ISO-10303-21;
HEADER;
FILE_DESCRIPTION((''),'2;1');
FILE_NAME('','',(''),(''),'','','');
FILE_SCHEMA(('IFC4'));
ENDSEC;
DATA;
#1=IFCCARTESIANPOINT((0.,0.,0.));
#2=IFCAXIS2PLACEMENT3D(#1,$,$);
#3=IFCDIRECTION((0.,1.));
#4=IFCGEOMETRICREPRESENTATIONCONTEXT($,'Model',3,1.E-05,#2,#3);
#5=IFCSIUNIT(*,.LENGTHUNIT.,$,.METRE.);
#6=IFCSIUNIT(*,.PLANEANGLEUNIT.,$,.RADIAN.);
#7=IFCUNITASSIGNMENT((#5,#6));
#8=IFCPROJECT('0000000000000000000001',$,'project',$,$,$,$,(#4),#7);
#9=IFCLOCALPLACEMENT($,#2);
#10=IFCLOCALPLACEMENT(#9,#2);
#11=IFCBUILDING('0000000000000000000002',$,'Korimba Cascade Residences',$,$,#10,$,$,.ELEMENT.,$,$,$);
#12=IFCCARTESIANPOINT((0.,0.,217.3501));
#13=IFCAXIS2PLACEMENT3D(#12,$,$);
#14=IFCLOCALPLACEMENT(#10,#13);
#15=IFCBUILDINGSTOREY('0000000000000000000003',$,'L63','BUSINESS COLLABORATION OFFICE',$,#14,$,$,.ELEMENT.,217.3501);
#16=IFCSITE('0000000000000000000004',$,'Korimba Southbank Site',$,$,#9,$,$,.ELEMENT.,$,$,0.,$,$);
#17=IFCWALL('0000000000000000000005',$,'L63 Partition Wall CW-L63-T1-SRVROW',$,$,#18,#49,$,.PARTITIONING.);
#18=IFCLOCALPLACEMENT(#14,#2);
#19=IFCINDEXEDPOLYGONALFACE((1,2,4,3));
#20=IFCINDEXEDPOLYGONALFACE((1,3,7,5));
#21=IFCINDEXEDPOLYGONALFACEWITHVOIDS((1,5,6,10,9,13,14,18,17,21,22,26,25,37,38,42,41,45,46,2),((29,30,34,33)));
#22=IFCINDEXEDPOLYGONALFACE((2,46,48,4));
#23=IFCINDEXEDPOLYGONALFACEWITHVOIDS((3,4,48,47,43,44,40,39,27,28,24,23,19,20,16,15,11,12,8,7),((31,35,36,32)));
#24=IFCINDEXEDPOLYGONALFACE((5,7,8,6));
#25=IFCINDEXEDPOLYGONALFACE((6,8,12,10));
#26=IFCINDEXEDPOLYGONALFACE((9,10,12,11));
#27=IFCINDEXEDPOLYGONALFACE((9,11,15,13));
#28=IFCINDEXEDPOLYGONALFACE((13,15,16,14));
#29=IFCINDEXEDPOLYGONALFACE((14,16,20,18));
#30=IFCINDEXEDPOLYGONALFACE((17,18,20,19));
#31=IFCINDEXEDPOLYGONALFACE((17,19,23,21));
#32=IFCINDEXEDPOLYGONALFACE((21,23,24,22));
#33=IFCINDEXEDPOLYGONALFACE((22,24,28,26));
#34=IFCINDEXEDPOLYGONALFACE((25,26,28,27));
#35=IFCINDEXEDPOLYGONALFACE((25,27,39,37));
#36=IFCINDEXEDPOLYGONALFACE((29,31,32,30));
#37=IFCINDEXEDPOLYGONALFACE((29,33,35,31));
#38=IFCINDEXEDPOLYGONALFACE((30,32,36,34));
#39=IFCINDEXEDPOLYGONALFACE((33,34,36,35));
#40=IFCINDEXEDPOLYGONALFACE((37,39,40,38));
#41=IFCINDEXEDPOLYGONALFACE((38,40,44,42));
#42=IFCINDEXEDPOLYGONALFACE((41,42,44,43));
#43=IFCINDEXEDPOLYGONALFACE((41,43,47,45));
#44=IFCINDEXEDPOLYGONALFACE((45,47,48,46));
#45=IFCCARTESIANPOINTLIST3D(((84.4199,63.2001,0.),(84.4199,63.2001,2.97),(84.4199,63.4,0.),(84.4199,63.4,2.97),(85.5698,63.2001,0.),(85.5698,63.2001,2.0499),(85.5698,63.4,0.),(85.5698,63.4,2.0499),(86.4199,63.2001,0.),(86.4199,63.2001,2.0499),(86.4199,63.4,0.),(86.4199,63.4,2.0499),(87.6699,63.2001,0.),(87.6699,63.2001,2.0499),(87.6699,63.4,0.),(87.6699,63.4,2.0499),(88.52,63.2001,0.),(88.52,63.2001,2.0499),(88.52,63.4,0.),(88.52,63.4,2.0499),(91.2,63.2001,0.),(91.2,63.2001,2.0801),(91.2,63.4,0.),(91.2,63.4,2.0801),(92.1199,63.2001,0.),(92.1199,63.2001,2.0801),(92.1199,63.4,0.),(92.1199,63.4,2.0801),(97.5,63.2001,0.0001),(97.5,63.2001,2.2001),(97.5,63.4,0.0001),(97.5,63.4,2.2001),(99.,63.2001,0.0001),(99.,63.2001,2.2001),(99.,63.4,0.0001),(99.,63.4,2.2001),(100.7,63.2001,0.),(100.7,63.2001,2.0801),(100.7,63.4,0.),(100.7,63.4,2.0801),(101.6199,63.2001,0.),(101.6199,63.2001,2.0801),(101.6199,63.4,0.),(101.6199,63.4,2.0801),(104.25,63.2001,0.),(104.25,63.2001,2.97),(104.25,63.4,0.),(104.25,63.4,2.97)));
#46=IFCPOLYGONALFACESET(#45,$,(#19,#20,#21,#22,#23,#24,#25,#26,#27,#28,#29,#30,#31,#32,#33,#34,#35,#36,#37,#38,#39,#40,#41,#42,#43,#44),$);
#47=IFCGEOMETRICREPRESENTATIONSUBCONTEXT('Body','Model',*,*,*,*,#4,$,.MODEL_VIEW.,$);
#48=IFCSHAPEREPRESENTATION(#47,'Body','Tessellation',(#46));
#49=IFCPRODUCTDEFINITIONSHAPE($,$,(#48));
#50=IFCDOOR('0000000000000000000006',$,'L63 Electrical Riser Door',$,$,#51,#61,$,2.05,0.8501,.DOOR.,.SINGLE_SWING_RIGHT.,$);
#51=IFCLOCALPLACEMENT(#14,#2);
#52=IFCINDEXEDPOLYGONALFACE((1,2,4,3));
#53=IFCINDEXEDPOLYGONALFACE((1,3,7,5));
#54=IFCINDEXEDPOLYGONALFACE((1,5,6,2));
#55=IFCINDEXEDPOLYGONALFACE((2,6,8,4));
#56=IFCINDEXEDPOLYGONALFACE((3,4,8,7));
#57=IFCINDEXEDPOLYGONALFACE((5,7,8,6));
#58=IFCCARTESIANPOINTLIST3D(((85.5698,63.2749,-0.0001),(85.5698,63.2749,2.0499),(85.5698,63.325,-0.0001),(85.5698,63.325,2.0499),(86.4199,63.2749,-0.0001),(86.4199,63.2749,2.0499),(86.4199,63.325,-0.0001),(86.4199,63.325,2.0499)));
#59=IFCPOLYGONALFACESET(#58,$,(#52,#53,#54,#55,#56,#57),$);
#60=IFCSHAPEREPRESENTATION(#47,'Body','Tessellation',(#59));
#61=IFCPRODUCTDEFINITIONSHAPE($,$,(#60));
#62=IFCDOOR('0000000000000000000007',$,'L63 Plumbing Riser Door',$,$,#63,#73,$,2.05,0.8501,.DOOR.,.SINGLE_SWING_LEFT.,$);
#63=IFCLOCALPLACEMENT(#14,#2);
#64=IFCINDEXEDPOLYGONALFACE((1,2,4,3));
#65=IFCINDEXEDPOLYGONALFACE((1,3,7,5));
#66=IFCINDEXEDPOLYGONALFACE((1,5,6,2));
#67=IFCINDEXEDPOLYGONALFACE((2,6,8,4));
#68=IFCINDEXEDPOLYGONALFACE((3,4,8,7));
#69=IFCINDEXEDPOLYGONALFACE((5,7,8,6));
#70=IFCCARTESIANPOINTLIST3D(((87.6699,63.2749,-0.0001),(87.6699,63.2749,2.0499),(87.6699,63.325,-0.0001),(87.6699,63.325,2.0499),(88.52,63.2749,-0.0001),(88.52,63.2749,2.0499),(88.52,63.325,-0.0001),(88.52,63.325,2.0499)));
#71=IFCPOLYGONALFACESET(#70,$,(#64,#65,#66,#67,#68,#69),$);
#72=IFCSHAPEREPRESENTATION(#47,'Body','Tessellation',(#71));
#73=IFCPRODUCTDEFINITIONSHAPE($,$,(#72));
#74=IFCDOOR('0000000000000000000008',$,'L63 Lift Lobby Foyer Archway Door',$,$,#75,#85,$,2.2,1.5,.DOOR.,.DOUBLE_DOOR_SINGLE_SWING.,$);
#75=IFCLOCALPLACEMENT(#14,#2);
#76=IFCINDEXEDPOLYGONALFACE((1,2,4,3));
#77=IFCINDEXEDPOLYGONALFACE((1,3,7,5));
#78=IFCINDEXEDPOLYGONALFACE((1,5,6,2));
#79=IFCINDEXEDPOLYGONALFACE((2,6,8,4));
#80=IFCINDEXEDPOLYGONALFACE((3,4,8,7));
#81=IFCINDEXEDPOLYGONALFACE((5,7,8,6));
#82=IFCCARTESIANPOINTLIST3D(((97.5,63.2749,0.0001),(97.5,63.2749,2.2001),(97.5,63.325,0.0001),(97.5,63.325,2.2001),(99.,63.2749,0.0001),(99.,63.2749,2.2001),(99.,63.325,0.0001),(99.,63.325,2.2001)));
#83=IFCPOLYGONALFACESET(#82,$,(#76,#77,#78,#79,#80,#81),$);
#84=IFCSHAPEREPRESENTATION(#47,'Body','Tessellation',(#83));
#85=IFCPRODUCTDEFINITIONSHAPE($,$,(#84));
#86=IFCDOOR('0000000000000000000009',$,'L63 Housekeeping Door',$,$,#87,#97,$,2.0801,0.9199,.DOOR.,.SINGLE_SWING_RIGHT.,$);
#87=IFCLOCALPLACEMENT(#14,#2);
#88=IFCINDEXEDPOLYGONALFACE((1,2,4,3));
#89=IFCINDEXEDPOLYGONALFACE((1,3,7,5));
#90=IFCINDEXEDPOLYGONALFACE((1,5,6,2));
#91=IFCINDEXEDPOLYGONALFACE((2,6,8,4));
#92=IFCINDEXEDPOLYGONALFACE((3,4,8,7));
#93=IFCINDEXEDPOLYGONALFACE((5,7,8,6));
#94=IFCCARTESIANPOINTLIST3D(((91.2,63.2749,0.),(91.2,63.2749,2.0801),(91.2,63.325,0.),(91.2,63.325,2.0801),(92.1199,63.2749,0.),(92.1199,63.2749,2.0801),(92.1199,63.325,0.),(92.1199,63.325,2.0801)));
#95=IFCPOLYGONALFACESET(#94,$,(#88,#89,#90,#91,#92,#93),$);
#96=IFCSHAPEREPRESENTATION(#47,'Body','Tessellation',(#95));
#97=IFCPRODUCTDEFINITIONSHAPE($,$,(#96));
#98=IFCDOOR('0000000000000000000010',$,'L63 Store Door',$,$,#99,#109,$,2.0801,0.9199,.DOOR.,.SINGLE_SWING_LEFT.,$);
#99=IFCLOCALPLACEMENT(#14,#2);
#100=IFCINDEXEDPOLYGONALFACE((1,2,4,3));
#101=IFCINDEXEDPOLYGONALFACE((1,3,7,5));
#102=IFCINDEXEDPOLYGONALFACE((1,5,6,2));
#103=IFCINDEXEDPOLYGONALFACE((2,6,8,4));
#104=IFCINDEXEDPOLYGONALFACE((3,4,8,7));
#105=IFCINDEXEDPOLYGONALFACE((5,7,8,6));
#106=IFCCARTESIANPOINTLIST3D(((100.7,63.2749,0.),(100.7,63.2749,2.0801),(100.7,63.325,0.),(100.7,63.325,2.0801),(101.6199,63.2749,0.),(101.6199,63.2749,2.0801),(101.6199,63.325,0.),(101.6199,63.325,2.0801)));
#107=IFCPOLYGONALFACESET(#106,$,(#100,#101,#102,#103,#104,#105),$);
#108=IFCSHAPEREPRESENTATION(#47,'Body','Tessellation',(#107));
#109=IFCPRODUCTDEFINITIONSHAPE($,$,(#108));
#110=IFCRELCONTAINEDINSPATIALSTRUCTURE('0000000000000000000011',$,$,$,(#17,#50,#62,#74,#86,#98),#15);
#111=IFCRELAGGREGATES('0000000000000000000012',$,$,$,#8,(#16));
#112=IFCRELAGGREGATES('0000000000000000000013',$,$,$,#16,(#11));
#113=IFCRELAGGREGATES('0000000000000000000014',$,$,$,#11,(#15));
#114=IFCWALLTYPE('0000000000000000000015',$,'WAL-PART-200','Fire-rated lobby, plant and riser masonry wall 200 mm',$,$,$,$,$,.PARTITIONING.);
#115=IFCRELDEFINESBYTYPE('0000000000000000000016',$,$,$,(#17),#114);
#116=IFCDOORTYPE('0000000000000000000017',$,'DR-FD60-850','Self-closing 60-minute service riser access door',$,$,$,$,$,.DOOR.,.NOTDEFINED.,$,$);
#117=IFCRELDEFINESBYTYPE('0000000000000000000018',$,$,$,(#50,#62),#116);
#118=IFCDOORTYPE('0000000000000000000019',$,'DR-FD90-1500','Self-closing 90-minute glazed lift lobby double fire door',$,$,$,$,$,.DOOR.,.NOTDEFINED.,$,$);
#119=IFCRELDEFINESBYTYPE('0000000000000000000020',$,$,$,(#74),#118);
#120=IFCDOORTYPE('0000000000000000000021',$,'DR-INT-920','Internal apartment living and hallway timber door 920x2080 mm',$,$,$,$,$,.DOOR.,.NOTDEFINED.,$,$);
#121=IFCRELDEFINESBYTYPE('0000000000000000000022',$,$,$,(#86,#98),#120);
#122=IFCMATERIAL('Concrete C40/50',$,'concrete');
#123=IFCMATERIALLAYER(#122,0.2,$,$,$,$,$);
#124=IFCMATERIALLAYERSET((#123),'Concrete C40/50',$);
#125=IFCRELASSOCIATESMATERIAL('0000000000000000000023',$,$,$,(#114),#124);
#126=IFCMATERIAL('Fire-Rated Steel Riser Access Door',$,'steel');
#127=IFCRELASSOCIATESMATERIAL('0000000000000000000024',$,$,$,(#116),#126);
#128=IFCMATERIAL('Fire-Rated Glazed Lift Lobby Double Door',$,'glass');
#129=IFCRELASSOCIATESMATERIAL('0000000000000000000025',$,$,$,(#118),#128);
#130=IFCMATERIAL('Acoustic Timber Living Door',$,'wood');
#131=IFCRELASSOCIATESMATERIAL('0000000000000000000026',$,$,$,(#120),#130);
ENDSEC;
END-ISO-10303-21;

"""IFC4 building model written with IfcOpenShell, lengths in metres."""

from ifc_helpers import new_model, si_unit, direction, frame, frame_2d, origin, place, context, subcontext, project, spatial, rectangle, extrude, material, layer, layer_set, type_object, element, fill, save


model = new_model("IFC4")

# Units and contexts
model_context = context("Model", 3, precision=1e-05, world=origin(), true_north=direction((0.0, 1.0)))
body_context = subcontext(model_context, "Body", "Model", "MODEL_VIEW")
ifc_project = project(units=[si_unit("LENGTHUNIT", "METRE"), si_unit("PLANEANGLEUNIT", "RADIAN")], contexts=[model_context])

# Site, building, storey
site_placement = place(None, origin())
site = spatial("IfcSite", under=ifc_project, at=site_placement, Name="Korimba Southbank Site", CompositionType="ELEMENT", RefElevation=0.0)
building_placement = place(site_placement, origin())
building = spatial("IfcBuilding", under=site, at=building_placement, Name="Korimba Cascade Residences", CompositionType="ELEMENT")
storey_placement = place(building_placement, frame((0.0, 0.0, 217.3501)))
storey = spatial("IfcBuildingStorey", under=building, at=storey_placement, Name="L63", Description="BUSINESS COLLABORATION OFFICE", CompositionType="ELEMENT", Elevation=217.3501)

# Shared definitions
ifc_material_1 = material(Name="Concrete C40/50", Category="concrete")
ifc_layer_1 = layer(ifc_material_1, 0.2)
ifc_layer_set_1 = layer_set([ifc_layer_1], Name="Concrete C40/50")
wall_type_1 = type_object("IfcWallType", Name="WAL-PART-200", Description="Fire-rated lobby, plant and riser masonry wall 200 mm", PredefinedType="PARTITIONING", material=ifc_layer_set_1)

# Wall, openings, doors
wall_1_placement = place(storey_placement, frame((84.4199, 63.3, 0.0), z_axis=(0.0, 0.0, 1.0), x_axis=(1.0, 0.0, 0.0)))
wall_1 = element("IfcWall", 1, at=wall_1_placement, inside=storey, type_object=wall_type_1, Name="L63 Partition Wall CW-L63-T1-SRVROW", PredefinedType="PARTITIONING", context=body_context, shape_type="SweptSolid", body=[
    extrude(rectangle(XDim=19.8301, YDim=0.2, at=frame_2d((9.915, 0.0))), origin(), (0.0, 0.0, 1.0), 2.97),
])
opening_1_placement = place(wall_1_placement, frame((1.1499, 0.0, 0.0)))
opening_1 = element("IfcOpeningElement", 2, at=opening_1_placement, cuts=wall_1, PredefinedType="OPENING", context=body_context, shape_type="SweptSolid", body=[
    extrude(rectangle(XDim=0.8501, YDim=2.05, at=frame_2d((0.425, 1.0249))), frame((0.0, 0.1099, 0.0), z_axis=(0.0, -1.0, 0.0), x_axis=(1.0, 0.0, 0.0)), (0.0, 0.0, 1.0), 0.22),
])
opening_2_placement = place(wall_1_placement, frame((3.25, 0.0, 0.0)))
opening_2 = element("IfcOpeningElement", 3, at=opening_2_placement, cuts=wall_1, PredefinedType="OPENING", context=body_context, shape_type="SweptSolid", body=[
    extrude(rectangle(XDim=0.8501, YDim=2.05, at=frame_2d((0.425, 1.0249))), frame((0.0, 0.1099, 0.0), z_axis=(0.0, -1.0, 0.0), x_axis=(1.0, 0.0, 0.0)), (0.0, 0.0, 1.0), 0.22),
])
opening_3_placement = place(wall_1_placement, frame((13.0801, 0.0, 0.0)))
opening_3 = element("IfcOpeningElement", 4, at=opening_3_placement, cuts=wall_1, PredefinedType="OPENING", context=body_context, shape_type="SweptSolid", body=[
    extrude(rectangle(XDim=1.5, YDim=2.2, at=frame_2d((0.75, 1.1001))), frame((0.0, 0.1099, 0.0), z_axis=(0.0, -1.0, 0.0), x_axis=(1.0, 0.0, 0.0)), (0.0, 0.0, 1.0), 0.22),
])
opening_4_placement = place(wall_1_placement, frame((6.78, 0.0, 0.0)))
opening_4 = element("IfcOpeningElement", 5, at=opening_4_placement, cuts=wall_1, PredefinedType="OPENING", context=body_context, shape_type="SweptSolid", body=[
    extrude(rectangle(XDim=0.9199, YDim=2.0801, at=frame_2d((0.46, 1.04))), frame((0.0, 0.1099, 0.0), z_axis=(0.0, -1.0, 0.0), x_axis=(1.0, 0.0, 0.0)), (0.0, 0.0, 1.0), 0.22),
])
opening_5_placement = place(wall_1_placement, frame((16.28, 0.0, 0.0)))
opening_5 = element("IfcOpeningElement", 6, at=opening_5_placement, cuts=wall_1, PredefinedType="OPENING", context=body_context, shape_type="SweptSolid", body=[
    extrude(rectangle(XDim=0.9199, YDim=2.0801, at=frame_2d((0.46, 1.04))), frame((0.0, 0.1099, 0.0), z_axis=(0.0, -1.0, 0.0), x_axis=(1.0, 0.0, 0.0)), (0.0, 0.0, 1.0), 0.22),
])
ifc_material_2 = material(Name="Fire-Rated Steel Riser Access Door", Category="steel")
door_type_1 = type_object("IfcDoorType", Name="DR-FD60-850", Description="Self-closing 60-minute service riser access door", OperationType="NOTDEFINED", PredefinedType="DOOR", material=ifc_material_2)
door_1_placement = place(opening_1_placement, origin())
door_1 = element("IfcDoor", 7, at=door_1_placement, inside=storey, type_object=door_type_1, Name="L63 Electrical Riser Door", OperationType="SINGLE_SWING_RIGHT", OverallHeight=2.05, OverallWidth=0.8501, PredefinedType="DOOR", context=body_context, shape_type="SweptSolid", body=[
    extrude(rectangle(XDim=0.8501, YDim=2.05, at=frame_2d((0.425, 1.0249))), frame((0.0, 0.0249, 0.0), z_axis=(0.0, -1.0, 0.0), x_axis=(1.0, 0.0, 0.0)), (0.0, 0.0, 1.0), 0.05),
])
fill(opening_1, door_1)
door_2_placement = place(opening_2_placement, origin())
door_2 = element("IfcDoor", 8, at=door_2_placement, inside=storey, type_object=door_type_1, Name="L63 Plumbing Riser Door", OperationType="SINGLE_SWING_LEFT", OverallHeight=2.05, OverallWidth=0.8501, PredefinedType="DOOR", context=body_context, shape_type="SweptSolid", body=[
    extrude(rectangle(XDim=0.8501, YDim=2.05, at=frame_2d((0.425, 1.0249))), frame((0.0, 0.0249, 0.0), z_axis=(0.0, -1.0, 0.0), x_axis=(1.0, 0.0, 0.0)), (0.0, 0.0, 1.0), 0.05),
])
fill(opening_2, door_2)
ifc_material_3 = material(Name="Fire-Rated Glazed Lift Lobby Double Door", Category="glass")
door_type_2 = type_object("IfcDoorType", Name="DR-FD90-1500", Description="Self-closing 90-minute glazed lift lobby double fire door", OperationType="NOTDEFINED", PredefinedType="DOOR", material=ifc_material_3)
door_3_placement = place(opening_3_placement, origin())
door_3 = element("IfcDoor", 9, at=door_3_placement, inside=storey, type_object=door_type_2, Name="L63 Lift Lobby Foyer Archway Door", OperationType="DOUBLE_DOOR_SINGLE_SWING", OverallHeight=2.2, OverallWidth=1.5, PredefinedType="DOOR", context=body_context, shape_type="SweptSolid", body=[
    extrude(rectangle(XDim=1.5, YDim=2.2, at=frame_2d((0.75, 1.1001))), frame((0.0, 0.0249, 0.0), z_axis=(0.0, -1.0, 0.0), x_axis=(1.0, 0.0, 0.0)), (0.0, 0.0, 1.0), 0.05),
])
fill(opening_3, door_3)
ifc_material_4 = material(Name="Acoustic Timber Living Door", Category="wood")
door_type_3 = type_object("IfcDoorType", Name="DR-INT-920", Description="Internal apartment living and hallway timber door 920x2080 mm", OperationType="NOTDEFINED", PredefinedType="DOOR", material=ifc_material_4)
door_4_placement = place(opening_4_placement, origin())
door_4 = element("IfcDoor", 10, at=door_4_placement, inside=storey, type_object=door_type_3, Name="L63 Housekeeping Door", OperationType="SINGLE_SWING_RIGHT", OverallHeight=2.0801, OverallWidth=0.9199, PredefinedType="DOOR", context=body_context, shape_type="SweptSolid", body=[
    extrude(rectangle(XDim=0.9199, YDim=2.0801, at=frame_2d((0.46, 1.04))), frame((0.0, 0.0249, 0.0), z_axis=(0.0, -1.0, 0.0), x_axis=(1.0, 0.0, 0.0)), (0.0, 0.0, 1.0), 0.05),
])
fill(opening_4, door_4)
door_5_placement = place(opening_5_placement, origin())
door_5 = element("IfcDoor", 11, at=door_5_placement, inside=storey, type_object=door_type_3, Name="L63 Store Door", OperationType="SINGLE_SWING_LEFT", OverallHeight=2.0801, OverallWidth=0.9199, PredefinedType="DOOR", context=body_context, shape_type="SweptSolid", body=[
    extrude(rectangle(XDim=0.9199, YDim=2.0801, at=frame_2d((0.46, 1.04))), frame((0.0, 0.0249, 0.0), z_axis=(0.0, -1.0, 0.0), x_axis=(1.0, 0.0, 0.0)), (0.0, 0.0, 1.0), 0.05),
])
fill(opening_5, door_5)

save(model, "model.ifc")
